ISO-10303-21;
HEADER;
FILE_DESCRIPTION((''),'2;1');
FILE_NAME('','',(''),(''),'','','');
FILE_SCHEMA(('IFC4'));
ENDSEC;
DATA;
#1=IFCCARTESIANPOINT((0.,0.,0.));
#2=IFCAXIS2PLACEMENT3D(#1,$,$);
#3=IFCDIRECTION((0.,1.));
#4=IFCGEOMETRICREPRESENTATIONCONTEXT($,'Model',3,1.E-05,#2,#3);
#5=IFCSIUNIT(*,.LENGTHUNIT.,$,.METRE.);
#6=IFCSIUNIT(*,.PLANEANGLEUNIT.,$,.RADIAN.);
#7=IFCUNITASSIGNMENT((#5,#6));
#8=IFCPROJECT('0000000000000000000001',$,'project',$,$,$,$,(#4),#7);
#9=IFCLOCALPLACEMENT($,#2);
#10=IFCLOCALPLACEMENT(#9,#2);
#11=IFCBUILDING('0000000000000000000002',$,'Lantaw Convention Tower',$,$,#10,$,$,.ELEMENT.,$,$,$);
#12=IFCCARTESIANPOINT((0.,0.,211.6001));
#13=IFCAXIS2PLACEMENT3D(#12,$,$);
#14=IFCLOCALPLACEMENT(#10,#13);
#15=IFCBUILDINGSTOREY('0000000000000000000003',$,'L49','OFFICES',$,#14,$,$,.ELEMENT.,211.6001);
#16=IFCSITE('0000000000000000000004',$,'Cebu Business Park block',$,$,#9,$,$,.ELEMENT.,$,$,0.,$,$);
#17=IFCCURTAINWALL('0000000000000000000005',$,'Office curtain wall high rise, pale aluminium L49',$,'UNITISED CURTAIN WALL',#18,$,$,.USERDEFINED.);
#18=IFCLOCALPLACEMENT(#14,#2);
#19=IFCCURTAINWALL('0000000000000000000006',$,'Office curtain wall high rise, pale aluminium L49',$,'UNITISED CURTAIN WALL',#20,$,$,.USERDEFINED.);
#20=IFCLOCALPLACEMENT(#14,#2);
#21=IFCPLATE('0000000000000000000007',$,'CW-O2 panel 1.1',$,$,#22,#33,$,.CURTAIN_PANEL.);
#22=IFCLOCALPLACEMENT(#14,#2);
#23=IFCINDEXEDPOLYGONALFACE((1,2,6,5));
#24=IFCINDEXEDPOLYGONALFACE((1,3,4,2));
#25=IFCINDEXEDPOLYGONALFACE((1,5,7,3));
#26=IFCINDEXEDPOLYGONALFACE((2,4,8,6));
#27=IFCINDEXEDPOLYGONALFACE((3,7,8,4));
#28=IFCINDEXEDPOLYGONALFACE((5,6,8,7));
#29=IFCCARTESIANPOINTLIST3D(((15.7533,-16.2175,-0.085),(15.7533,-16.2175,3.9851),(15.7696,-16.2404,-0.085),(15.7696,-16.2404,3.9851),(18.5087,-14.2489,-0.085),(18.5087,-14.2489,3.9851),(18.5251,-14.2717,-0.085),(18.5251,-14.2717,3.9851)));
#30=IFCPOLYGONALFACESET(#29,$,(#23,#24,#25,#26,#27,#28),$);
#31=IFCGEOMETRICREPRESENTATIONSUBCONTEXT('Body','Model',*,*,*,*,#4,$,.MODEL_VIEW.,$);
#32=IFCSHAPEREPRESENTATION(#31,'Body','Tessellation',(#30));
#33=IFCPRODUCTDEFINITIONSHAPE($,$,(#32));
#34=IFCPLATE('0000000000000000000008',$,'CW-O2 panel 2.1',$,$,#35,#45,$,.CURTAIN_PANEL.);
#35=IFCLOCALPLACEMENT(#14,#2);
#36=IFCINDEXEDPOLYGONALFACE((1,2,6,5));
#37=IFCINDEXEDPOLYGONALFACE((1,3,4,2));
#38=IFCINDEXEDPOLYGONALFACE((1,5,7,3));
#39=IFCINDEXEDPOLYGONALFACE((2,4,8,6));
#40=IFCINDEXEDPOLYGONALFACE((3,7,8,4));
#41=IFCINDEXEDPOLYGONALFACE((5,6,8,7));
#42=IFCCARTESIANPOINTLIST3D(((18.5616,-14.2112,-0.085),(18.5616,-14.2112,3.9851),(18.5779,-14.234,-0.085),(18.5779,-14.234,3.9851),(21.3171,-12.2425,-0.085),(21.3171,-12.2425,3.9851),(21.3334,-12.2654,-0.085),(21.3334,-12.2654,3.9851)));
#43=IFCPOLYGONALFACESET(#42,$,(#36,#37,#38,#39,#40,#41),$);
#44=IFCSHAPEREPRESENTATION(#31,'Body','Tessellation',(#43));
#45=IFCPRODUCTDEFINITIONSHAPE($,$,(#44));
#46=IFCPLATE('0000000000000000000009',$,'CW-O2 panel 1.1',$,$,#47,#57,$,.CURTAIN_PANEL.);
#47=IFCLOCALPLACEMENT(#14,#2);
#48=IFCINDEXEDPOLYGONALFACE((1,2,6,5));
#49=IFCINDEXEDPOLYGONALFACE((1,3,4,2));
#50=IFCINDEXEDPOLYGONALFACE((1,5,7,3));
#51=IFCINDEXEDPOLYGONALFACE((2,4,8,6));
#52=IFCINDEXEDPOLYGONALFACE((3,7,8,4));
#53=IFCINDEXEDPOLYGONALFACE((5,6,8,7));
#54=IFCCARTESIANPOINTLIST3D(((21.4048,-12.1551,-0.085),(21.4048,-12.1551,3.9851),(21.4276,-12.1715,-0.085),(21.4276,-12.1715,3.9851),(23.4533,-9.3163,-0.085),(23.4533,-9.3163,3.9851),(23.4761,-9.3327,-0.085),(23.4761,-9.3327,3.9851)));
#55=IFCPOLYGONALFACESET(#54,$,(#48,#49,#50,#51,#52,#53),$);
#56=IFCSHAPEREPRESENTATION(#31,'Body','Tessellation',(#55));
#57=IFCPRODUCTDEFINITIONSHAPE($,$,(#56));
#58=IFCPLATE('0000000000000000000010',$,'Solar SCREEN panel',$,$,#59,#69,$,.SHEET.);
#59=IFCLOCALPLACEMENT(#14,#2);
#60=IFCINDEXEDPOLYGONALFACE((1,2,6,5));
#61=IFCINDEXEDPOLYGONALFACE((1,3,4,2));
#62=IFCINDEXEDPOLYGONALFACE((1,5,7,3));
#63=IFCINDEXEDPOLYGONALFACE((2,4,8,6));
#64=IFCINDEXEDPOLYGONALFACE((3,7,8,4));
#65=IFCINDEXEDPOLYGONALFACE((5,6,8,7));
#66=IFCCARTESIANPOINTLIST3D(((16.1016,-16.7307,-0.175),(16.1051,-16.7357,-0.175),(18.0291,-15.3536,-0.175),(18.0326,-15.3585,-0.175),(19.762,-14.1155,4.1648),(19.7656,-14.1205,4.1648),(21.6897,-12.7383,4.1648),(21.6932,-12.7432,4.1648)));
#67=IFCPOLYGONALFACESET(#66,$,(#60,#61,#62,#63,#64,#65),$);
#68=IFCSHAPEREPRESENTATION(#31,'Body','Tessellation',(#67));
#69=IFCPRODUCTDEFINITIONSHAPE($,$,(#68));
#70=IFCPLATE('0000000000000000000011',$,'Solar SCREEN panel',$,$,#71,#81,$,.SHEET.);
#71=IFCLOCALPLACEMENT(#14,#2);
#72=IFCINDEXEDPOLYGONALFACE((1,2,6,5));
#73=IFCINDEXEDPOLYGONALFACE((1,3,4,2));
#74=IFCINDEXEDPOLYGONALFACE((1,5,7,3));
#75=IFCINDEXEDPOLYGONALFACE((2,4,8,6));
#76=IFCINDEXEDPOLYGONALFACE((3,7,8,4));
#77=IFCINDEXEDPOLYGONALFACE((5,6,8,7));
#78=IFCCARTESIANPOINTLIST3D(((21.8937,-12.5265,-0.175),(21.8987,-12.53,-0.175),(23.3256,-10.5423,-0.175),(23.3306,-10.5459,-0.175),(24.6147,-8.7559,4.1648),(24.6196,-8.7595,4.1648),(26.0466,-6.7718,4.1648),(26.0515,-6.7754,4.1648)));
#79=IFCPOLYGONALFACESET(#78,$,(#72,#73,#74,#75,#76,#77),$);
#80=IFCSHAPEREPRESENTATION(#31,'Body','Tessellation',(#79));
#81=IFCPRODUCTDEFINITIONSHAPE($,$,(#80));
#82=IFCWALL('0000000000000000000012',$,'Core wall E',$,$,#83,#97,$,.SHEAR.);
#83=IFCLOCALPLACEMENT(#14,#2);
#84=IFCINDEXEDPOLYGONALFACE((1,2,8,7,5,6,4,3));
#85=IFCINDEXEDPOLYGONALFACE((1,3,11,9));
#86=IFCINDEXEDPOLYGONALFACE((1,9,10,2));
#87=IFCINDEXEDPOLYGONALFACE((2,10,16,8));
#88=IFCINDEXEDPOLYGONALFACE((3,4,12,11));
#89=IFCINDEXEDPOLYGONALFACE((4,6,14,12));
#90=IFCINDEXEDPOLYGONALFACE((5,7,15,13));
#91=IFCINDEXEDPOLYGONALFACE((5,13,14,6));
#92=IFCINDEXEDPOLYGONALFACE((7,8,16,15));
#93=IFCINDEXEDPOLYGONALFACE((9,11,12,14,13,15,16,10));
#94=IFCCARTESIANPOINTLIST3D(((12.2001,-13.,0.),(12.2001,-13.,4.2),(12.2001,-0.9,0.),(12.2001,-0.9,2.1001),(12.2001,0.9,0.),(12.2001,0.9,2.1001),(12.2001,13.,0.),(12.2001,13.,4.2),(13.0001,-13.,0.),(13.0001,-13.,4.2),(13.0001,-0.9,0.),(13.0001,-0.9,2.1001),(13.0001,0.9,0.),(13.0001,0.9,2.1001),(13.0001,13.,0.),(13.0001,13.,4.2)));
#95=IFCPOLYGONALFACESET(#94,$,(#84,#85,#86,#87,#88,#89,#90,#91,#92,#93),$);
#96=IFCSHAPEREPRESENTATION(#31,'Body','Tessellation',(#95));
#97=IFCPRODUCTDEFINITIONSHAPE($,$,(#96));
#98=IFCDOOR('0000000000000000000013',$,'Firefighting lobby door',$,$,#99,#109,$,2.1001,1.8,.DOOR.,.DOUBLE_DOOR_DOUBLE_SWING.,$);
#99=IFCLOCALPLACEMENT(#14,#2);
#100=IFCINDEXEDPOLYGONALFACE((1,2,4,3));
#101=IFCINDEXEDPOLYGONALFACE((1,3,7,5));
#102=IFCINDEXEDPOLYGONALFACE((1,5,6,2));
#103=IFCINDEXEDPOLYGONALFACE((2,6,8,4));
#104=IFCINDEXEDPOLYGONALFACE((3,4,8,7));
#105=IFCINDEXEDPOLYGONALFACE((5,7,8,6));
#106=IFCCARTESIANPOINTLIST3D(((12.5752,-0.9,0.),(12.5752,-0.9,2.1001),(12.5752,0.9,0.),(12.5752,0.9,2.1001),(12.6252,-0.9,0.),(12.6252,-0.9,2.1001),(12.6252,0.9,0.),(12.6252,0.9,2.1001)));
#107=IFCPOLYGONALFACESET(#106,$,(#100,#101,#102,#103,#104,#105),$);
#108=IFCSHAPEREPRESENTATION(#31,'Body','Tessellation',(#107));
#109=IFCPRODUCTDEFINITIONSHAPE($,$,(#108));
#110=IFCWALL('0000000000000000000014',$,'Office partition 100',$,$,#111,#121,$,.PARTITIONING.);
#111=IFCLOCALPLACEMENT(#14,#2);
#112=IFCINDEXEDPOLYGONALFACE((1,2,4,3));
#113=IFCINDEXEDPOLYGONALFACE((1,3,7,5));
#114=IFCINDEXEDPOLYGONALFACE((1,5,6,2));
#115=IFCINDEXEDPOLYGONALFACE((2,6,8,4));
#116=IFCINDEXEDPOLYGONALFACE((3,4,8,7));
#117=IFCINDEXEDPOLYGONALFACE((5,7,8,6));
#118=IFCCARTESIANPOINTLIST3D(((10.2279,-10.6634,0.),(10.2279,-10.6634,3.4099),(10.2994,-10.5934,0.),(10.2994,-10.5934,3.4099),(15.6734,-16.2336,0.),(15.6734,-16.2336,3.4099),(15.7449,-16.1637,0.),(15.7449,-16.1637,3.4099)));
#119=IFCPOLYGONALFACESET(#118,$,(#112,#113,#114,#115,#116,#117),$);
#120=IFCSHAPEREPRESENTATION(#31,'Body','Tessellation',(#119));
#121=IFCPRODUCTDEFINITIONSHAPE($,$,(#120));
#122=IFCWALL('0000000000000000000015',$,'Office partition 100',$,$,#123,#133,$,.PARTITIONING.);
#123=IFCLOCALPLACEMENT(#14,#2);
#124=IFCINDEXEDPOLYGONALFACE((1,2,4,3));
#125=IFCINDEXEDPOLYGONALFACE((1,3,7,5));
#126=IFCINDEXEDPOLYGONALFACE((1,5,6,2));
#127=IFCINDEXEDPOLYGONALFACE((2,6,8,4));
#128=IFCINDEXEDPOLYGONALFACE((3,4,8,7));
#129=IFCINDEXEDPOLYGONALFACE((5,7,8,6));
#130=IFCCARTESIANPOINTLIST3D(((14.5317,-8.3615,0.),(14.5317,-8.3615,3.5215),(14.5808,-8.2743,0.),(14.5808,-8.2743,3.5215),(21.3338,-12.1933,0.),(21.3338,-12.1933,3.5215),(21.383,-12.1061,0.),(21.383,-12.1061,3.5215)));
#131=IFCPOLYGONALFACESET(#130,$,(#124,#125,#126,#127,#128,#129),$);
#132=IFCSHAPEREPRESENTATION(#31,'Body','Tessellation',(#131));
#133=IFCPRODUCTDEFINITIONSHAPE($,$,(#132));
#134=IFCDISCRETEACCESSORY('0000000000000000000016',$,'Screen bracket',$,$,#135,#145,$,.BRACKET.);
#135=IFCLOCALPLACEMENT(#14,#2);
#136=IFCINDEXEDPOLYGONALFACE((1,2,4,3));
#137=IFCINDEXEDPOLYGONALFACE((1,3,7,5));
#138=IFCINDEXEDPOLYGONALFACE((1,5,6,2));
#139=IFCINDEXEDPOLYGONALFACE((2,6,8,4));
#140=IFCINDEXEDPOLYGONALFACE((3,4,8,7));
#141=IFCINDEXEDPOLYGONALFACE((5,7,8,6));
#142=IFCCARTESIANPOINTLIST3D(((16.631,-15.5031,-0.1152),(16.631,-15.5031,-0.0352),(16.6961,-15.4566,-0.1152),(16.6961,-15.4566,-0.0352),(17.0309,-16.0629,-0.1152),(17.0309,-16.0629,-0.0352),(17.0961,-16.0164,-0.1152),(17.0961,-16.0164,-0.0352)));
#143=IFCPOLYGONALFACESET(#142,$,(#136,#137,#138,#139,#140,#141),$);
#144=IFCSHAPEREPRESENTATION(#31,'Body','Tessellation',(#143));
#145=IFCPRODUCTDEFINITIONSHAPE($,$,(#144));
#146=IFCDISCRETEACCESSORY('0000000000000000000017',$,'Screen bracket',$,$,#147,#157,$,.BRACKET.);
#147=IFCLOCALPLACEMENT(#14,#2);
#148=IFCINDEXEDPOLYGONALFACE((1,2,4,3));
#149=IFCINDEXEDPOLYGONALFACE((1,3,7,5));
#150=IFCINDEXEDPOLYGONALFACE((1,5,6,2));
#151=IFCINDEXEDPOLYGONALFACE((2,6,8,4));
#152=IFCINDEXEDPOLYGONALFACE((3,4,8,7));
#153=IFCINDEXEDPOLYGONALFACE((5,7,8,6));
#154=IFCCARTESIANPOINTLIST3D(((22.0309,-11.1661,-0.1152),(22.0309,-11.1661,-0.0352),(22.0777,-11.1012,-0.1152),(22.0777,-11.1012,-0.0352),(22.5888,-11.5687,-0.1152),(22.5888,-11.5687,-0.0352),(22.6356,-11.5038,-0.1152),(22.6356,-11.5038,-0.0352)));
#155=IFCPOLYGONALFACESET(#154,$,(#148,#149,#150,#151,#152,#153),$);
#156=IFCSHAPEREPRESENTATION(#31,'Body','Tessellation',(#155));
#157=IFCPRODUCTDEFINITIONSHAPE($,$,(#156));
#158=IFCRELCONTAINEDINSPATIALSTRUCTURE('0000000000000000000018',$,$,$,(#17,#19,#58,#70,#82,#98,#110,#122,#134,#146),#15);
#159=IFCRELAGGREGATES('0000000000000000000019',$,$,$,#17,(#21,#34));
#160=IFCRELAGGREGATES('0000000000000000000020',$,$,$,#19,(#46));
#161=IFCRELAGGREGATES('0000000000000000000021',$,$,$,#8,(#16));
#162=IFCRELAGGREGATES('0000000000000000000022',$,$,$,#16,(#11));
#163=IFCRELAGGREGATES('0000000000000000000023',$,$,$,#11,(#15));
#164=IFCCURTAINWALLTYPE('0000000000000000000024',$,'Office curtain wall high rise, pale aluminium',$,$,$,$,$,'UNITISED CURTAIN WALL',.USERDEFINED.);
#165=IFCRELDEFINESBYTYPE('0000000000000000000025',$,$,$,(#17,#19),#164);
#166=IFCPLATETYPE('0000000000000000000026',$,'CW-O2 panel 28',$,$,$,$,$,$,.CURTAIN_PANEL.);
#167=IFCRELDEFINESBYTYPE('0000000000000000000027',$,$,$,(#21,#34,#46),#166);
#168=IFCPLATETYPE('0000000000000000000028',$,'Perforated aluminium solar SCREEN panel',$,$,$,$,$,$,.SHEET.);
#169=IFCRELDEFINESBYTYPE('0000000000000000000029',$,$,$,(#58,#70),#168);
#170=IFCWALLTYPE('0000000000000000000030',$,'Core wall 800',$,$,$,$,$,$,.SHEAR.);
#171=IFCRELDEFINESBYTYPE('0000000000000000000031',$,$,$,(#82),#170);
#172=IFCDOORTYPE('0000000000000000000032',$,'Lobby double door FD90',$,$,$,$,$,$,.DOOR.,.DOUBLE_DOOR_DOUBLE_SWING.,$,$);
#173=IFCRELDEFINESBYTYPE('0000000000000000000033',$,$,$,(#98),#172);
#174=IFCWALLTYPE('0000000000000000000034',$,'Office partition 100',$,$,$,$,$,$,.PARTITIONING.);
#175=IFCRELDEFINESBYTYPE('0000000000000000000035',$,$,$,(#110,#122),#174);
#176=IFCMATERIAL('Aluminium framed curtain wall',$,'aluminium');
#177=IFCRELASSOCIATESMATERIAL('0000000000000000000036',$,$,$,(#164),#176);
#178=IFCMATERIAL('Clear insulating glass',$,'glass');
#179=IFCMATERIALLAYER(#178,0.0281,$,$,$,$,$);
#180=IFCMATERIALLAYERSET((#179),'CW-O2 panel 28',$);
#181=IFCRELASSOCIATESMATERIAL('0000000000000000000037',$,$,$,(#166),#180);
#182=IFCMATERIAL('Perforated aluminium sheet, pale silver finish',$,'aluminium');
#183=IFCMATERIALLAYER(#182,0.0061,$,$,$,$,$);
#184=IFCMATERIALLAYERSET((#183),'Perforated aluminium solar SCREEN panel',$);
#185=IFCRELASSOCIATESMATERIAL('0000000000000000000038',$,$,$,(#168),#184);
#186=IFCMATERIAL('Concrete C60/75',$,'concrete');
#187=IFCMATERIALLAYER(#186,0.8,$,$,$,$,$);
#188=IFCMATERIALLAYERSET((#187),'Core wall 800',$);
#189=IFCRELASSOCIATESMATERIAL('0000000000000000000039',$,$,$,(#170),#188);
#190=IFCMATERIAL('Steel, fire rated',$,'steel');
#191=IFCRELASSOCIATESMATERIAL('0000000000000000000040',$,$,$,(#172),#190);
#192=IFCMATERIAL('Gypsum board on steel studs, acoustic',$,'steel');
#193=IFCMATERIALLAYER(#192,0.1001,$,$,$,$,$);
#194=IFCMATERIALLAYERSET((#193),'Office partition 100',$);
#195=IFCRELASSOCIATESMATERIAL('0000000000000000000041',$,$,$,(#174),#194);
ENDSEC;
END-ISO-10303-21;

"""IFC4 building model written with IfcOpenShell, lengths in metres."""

from ifc_helpers import new_model, si_unit, direction, frame, frame_2d, origin, origin_2d, place, context, subcontext, project, spatial, polyline, rectangle, outline, extrude, material, layer, layer_set, type_object, element, fill, aggregate, save


model = new_model("IFC4")

# Units and contexts
model_context = context("Model", 3, precision=1e-05, world=origin(), true_north=direction((0.0, 1.0)))
body_context = subcontext(model_context, "Body", "Model", "MODEL_VIEW")
ifc_project = project(units=[si_unit("LENGTHUNIT", "METRE"), si_unit("PLANEANGLEUNIT", "RADIAN")], contexts=[model_context])

# Site, building, storey
site_placement = place(None, origin())
site = spatial("IfcSite", under=ifc_project, at=site_placement, Name="Cebu Business Park block", CompositionType="ELEMENT", RefElevation=0.0)
building_placement = place(site_placement, origin())
building = spatial("IfcBuilding", under=site, at=building_placement, Name="Lantaw Convention Tower", CompositionType="ELEMENT")
storey_placement = place(building_placement, frame((0.0, 0.0, 211.6001)))
storey = spatial("IfcBuildingStorey", under=building, at=storey_placement, Name="L49", Description="OFFICES", CompositionType="ELEMENT", Elevation=211.6001)

# Shared definitions
ifc_material_1 = material(Name="Concrete C60/75", Category="concrete")

# Curtain walls
ifc_material_2 = material(Name="Aluminium framed curtain wall", Category="aluminium")
curtain_wall_type = type_object("IfcCurtainWallType", Name="Office curtain wall high rise, pale aluminium", ElementType="UNITISED CURTAIN WALL", PredefinedType="USERDEFINED", material=ifc_material_2)
curtain_wall_1_placement = place(storey_placement, origin())
curtain_wall_1 = element("IfcCurtainWall", 1, at=curtain_wall_1_placement, inside=storey, type_object=curtain_wall_type, Name="Office curtain wall high rise, pale aluminium L49", ObjectType="UNITISED CURTAIN WALL", PredefinedType="USERDEFINED")
curtain_wall_2_placement = place(storey_placement, origin())
curtain_wall_2 = element("IfcCurtainWall", 2, at=curtain_wall_2_placement, inside=storey, type_object=curtain_wall_type, Name="Office curtain wall high rise, pale aluminium L49", ObjectType="UNITISED CURTAIN WALL", PredefinedType="USERDEFINED")

# Plates
ifc_material_3 = material(Name="Clear insulating glass", Category="glass")
ifc_layer_1 = layer(ifc_material_3, 0.0281)
ifc_layer_set_1 = layer_set([ifc_layer_1], Name="CW-O2 panel 28")
plate_type_1 = type_object("IfcPlateType", Name="CW-O2 panel 28", PredefinedType="CURTAIN_PANEL", material=ifc_layer_set_1)
plate_1_placement = place(storey_placement, frame((17.1392, -15.2446, -0.085), z_axis=(0.0, 0.0, 1.0), x_axis=(0.813673, 0.581323, 0.0)))
plate_1 = element("IfcPlate", 3, at=plate_1_placement, type_object=plate_type_1, Name="CW-O2 panel 1.1", PredefinedType="CURTAIN_PANEL", context=body_context, shape_type="SweptSolid", body=[
    extrude(rectangle(XDim=3.3865, YDim=0.0281, at=origin_2d()), origin(), (0.0, 0.0, 1.0), 4.0701),
])
plate_2_placement = place(storey_placement, frame((19.9475, -13.2383, -0.085), z_axis=(0.0, 0.0, 1.0), x_axis=(0.813673, 0.581323, 0.0)))
plate_2 = element("IfcPlate", 4, at=plate_2_placement, type_object=plate_type_1, Name="CW-O2 panel 2.1", PredefinedType="CURTAIN_PANEL", context=body_context, shape_type="SweptSolid", body=[
    extrude(rectangle(XDim=3.3865, YDim=0.0281, at=origin_2d()), origin(), (0.0, 0.0, 1.0), 4.0701),
])
aggregate(curtain_wall_1, [plate_1, plate_2])
plate_3_placement = place(storey_placement, frame((22.4404, -10.7439, -0.085), z_axis=(0.0, 0.0, 1.0), x_axis=(0.585158, 0.81092, 0.0)))
plate_3 = element("IfcPlate", 5, at=plate_3_placement, type_object=plate_type_1, Name="CW-O2 panel 1.1", PredefinedType="CURTAIN_PANEL", context=body_context, shape_type="SweptSolid", body=[
    extrude(rectangle(XDim=3.5007, YDim=0.0281, at=origin_2d()), origin(), (0.0, 0.0, 1.0), 4.0701),
])
aggregate(curtain_wall_2, [plate_3])

# Plates
ifc_material_4 = material(Name="Perforated aluminium sheet, pale silver finish", Category="aluminium")
ifc_layer_2 = layer(ifc_material_4, 0.0061)
ifc_layer_set_2 = layer_set([ifc_layer_2], Name="Perforated aluminium solar SCREEN panel")
plate_type_2 = type_object("IfcPlateType", Name="Perforated aluminium solar SCREEN panel", PredefinedType="SHEET", material=ifc_layer_set_2)
plate_4_placement = place(storey_placement, frame((16.1016, -16.7307, -0.175), z_axis=(-0.581331, 0.813667, 0.00001), x_axis=(0.813667, 0.581331, 0.0)))
element("IfcPlate", 6, at=plate_4_placement, inside=storey, type_object=plate_type_2, Name="Solar SCREEN panel", PredefinedType="SHEET", context=body_context, shape_type="SweptSolid", body=[
    extrude(outline(polyline([(0.0, 0.0), (2.3689, 0.0), (6.8678, -4.3398), (4.4987, -4.3398), (0.0, 0.0)])), origin(), (0.0, 0.0, -1.0), 0.0061),
])
plate_5_placement = place(storey_placement, frame((21.8987, -12.53, -0.175), z_axis=(0.810892, -0.585195, 0.00002), x_axis=(0.585195, 0.810892, 0.0)))
element("IfcPlate", 7, at=plate_5_placement, inside=storey, type_object=plate_type_2, Name="Solar SCREEN panel", PredefinedType="SHEET", context=body_context, shape_type="SweptSolid", body=[
    extrude(outline(polyline([(0.0, 0.0), (2.4468, 0.0), (7.0966, 4.3398), (4.6498, 4.3398), (0.0, 0.0)])), origin(), (0.0, 0.0, -1.0), 0.0061),
])

# Wall, opening, door
ifc_layer_3 = layer(ifc_material_1, 0.8)
ifc_layer_set_3 = layer_set([ifc_layer_3], Name="Core wall 800")
wall_type_1 = type_object("IfcWallType", Name="Core wall 800", PredefinedType="SHEAR", material=ifc_layer_set_3)
wall_1_placement = place(storey_placement, frame((12.6001, -13.0, 0.0), z_axis=(0.0, 0.0, 1.0), x_axis=(0.0, 1.0, 0.0)))
wall_1 = element("IfcWall", 8, at=wall_1_placement, inside=storey, type_object=wall_type_1, Name="Core wall E", PredefinedType="SHEAR", context=body_context, shape_type="SweptSolid", body=[
    extrude(rectangle(XDim=26.0, YDim=0.8, at=frame_2d((13.0, 0.0))), origin(), (0.0, 0.0, 1.0), 4.2),
])
opening_placement = place(wall_1_placement, frame((12.1001, 0.0, 0.0)))
opening = element("IfcOpeningElement", 9, at=opening_placement, cuts=wall_1, PredefinedType="OPENING", context=body_context, shape_type="SweptSolid", body=[
    extrude(rectangle(XDim=1.8, YDim=2.1001, at=frame_2d((0.8999, 1.05))), frame((0.0, 0.4099, 0.0), z_axis=(0.0, -1.0, 0.0), x_axis=(1.0, 0.0, 0.0)), (0.0, 0.0, 1.0), 0.8201),
])
ifc_material_5 = material(Name="Steel, fire rated", Category="steel")
door_type = type_object("IfcDoorType", Name="Lobby double door FD90", OperationType="DOUBLE_DOOR_DOUBLE_SWING", PredefinedType="DOOR", material=ifc_material_5)
door_placement = place(opening_placement, origin())
door = element("IfcDoor", 10, at=door_placement, inside=storey, type_object=door_type, Name="Firefighting lobby door", OperationType="DOUBLE_DOOR_DOUBLE_SWING", OverallHeight=2.1001, OverallWidth=1.8, PredefinedType="DOOR", context=body_context, shape_type="SweptSolid", body=[
    extrude(rectangle(XDim=1.8, YDim=2.1001, at=frame_2d((0.8999, 1.05))), frame((0.0, 0.0249, 0.0), z_axis=(0.0, -1.0, 0.0), x_axis=(1.0, 0.0, 0.0)), (0.0, 0.0, 1.0), 0.05),
])
fill(opening, door)

# Walls
ifc_material_6 = material(Name="Gypsum board on steel studs, acoustic", Category="steel")
ifc_layer_4 = layer(ifc_material_6, 0.1001)
ifc_layer_set_4 = layer_set([ifc_layer_4], Name="Office partition 100")
wall_type_2 = type_object("IfcWallType", Name="Office partition 100", PredefinedType="PARTITIONING", material=ifc_layer_set_4)
wall_2_placement = place(storey_placement, frame((15.7092, -16.1987, 0.0), z_axis=(0.0, 0.0, 1.0), x_axis=(-0.699054, 0.715069, 0.0)))
element("IfcWall", 11, at=wall_2_placement, inside=storey, type_object=wall_type_2, Name="Office partition 100", PredefinedType="PARTITIONING", context=body_context, shape_type="SweptSolid", body=[
    extrude(rectangle(XDim=7.7898, YDim=0.1001, at=frame_2d((3.895, 0.0))), origin(), (0.0, 0.0, 1.0), 3.4099),
])
wall_3_placement = place(storey_placement, frame((21.3584, -12.1497, 0.0), z_axis=(0.0, 0.0, 1.0), x_axis=(-0.871273, 0.490799, 0.0)))
element("IfcWall", 12, at=wall_3_placement, inside=storey, type_object=wall_type_2, Name="Office partition 100", PredefinedType="PARTITIONING", context=body_context, shape_type="SweptSolid", body=[
    extrude(rectangle(XDim=7.8071, YDim=0.1001, at=frame_2d((3.9036, 0.0))), origin(), (0.0, 0.0, 1.0), 3.5215),
])

# Discrete accessories
for number, where, z_axis, x_axis, name in (
    (13, (16.8635, -15.7598, -0.1152), (0.0, 0.0, 1.0), (0.813673, 0.581323, 0.0), "Screen bracket"),
    (14, (22.3333, -11.335, -0.1152), (0.0, 0.0, 1.0), (0.585158, 0.81092, 0.0), "Screen bracket"),
):
    element("IfcDiscreteAccessory", number, at=place(storey_placement, frame(where, z_axis=z_axis, x_axis=x_axis)), inside=storey, Name=name, PredefinedType="BRACKET", context=body_context, shape_type="SweptSolid", body=[
        extrude(rectangle(XDim=0.0801, YDim=0.688, at=origin_2d()), origin(), (0.0, 0.0, 1.0), 0.0801),
    ])

save(model, "model.ifc")
